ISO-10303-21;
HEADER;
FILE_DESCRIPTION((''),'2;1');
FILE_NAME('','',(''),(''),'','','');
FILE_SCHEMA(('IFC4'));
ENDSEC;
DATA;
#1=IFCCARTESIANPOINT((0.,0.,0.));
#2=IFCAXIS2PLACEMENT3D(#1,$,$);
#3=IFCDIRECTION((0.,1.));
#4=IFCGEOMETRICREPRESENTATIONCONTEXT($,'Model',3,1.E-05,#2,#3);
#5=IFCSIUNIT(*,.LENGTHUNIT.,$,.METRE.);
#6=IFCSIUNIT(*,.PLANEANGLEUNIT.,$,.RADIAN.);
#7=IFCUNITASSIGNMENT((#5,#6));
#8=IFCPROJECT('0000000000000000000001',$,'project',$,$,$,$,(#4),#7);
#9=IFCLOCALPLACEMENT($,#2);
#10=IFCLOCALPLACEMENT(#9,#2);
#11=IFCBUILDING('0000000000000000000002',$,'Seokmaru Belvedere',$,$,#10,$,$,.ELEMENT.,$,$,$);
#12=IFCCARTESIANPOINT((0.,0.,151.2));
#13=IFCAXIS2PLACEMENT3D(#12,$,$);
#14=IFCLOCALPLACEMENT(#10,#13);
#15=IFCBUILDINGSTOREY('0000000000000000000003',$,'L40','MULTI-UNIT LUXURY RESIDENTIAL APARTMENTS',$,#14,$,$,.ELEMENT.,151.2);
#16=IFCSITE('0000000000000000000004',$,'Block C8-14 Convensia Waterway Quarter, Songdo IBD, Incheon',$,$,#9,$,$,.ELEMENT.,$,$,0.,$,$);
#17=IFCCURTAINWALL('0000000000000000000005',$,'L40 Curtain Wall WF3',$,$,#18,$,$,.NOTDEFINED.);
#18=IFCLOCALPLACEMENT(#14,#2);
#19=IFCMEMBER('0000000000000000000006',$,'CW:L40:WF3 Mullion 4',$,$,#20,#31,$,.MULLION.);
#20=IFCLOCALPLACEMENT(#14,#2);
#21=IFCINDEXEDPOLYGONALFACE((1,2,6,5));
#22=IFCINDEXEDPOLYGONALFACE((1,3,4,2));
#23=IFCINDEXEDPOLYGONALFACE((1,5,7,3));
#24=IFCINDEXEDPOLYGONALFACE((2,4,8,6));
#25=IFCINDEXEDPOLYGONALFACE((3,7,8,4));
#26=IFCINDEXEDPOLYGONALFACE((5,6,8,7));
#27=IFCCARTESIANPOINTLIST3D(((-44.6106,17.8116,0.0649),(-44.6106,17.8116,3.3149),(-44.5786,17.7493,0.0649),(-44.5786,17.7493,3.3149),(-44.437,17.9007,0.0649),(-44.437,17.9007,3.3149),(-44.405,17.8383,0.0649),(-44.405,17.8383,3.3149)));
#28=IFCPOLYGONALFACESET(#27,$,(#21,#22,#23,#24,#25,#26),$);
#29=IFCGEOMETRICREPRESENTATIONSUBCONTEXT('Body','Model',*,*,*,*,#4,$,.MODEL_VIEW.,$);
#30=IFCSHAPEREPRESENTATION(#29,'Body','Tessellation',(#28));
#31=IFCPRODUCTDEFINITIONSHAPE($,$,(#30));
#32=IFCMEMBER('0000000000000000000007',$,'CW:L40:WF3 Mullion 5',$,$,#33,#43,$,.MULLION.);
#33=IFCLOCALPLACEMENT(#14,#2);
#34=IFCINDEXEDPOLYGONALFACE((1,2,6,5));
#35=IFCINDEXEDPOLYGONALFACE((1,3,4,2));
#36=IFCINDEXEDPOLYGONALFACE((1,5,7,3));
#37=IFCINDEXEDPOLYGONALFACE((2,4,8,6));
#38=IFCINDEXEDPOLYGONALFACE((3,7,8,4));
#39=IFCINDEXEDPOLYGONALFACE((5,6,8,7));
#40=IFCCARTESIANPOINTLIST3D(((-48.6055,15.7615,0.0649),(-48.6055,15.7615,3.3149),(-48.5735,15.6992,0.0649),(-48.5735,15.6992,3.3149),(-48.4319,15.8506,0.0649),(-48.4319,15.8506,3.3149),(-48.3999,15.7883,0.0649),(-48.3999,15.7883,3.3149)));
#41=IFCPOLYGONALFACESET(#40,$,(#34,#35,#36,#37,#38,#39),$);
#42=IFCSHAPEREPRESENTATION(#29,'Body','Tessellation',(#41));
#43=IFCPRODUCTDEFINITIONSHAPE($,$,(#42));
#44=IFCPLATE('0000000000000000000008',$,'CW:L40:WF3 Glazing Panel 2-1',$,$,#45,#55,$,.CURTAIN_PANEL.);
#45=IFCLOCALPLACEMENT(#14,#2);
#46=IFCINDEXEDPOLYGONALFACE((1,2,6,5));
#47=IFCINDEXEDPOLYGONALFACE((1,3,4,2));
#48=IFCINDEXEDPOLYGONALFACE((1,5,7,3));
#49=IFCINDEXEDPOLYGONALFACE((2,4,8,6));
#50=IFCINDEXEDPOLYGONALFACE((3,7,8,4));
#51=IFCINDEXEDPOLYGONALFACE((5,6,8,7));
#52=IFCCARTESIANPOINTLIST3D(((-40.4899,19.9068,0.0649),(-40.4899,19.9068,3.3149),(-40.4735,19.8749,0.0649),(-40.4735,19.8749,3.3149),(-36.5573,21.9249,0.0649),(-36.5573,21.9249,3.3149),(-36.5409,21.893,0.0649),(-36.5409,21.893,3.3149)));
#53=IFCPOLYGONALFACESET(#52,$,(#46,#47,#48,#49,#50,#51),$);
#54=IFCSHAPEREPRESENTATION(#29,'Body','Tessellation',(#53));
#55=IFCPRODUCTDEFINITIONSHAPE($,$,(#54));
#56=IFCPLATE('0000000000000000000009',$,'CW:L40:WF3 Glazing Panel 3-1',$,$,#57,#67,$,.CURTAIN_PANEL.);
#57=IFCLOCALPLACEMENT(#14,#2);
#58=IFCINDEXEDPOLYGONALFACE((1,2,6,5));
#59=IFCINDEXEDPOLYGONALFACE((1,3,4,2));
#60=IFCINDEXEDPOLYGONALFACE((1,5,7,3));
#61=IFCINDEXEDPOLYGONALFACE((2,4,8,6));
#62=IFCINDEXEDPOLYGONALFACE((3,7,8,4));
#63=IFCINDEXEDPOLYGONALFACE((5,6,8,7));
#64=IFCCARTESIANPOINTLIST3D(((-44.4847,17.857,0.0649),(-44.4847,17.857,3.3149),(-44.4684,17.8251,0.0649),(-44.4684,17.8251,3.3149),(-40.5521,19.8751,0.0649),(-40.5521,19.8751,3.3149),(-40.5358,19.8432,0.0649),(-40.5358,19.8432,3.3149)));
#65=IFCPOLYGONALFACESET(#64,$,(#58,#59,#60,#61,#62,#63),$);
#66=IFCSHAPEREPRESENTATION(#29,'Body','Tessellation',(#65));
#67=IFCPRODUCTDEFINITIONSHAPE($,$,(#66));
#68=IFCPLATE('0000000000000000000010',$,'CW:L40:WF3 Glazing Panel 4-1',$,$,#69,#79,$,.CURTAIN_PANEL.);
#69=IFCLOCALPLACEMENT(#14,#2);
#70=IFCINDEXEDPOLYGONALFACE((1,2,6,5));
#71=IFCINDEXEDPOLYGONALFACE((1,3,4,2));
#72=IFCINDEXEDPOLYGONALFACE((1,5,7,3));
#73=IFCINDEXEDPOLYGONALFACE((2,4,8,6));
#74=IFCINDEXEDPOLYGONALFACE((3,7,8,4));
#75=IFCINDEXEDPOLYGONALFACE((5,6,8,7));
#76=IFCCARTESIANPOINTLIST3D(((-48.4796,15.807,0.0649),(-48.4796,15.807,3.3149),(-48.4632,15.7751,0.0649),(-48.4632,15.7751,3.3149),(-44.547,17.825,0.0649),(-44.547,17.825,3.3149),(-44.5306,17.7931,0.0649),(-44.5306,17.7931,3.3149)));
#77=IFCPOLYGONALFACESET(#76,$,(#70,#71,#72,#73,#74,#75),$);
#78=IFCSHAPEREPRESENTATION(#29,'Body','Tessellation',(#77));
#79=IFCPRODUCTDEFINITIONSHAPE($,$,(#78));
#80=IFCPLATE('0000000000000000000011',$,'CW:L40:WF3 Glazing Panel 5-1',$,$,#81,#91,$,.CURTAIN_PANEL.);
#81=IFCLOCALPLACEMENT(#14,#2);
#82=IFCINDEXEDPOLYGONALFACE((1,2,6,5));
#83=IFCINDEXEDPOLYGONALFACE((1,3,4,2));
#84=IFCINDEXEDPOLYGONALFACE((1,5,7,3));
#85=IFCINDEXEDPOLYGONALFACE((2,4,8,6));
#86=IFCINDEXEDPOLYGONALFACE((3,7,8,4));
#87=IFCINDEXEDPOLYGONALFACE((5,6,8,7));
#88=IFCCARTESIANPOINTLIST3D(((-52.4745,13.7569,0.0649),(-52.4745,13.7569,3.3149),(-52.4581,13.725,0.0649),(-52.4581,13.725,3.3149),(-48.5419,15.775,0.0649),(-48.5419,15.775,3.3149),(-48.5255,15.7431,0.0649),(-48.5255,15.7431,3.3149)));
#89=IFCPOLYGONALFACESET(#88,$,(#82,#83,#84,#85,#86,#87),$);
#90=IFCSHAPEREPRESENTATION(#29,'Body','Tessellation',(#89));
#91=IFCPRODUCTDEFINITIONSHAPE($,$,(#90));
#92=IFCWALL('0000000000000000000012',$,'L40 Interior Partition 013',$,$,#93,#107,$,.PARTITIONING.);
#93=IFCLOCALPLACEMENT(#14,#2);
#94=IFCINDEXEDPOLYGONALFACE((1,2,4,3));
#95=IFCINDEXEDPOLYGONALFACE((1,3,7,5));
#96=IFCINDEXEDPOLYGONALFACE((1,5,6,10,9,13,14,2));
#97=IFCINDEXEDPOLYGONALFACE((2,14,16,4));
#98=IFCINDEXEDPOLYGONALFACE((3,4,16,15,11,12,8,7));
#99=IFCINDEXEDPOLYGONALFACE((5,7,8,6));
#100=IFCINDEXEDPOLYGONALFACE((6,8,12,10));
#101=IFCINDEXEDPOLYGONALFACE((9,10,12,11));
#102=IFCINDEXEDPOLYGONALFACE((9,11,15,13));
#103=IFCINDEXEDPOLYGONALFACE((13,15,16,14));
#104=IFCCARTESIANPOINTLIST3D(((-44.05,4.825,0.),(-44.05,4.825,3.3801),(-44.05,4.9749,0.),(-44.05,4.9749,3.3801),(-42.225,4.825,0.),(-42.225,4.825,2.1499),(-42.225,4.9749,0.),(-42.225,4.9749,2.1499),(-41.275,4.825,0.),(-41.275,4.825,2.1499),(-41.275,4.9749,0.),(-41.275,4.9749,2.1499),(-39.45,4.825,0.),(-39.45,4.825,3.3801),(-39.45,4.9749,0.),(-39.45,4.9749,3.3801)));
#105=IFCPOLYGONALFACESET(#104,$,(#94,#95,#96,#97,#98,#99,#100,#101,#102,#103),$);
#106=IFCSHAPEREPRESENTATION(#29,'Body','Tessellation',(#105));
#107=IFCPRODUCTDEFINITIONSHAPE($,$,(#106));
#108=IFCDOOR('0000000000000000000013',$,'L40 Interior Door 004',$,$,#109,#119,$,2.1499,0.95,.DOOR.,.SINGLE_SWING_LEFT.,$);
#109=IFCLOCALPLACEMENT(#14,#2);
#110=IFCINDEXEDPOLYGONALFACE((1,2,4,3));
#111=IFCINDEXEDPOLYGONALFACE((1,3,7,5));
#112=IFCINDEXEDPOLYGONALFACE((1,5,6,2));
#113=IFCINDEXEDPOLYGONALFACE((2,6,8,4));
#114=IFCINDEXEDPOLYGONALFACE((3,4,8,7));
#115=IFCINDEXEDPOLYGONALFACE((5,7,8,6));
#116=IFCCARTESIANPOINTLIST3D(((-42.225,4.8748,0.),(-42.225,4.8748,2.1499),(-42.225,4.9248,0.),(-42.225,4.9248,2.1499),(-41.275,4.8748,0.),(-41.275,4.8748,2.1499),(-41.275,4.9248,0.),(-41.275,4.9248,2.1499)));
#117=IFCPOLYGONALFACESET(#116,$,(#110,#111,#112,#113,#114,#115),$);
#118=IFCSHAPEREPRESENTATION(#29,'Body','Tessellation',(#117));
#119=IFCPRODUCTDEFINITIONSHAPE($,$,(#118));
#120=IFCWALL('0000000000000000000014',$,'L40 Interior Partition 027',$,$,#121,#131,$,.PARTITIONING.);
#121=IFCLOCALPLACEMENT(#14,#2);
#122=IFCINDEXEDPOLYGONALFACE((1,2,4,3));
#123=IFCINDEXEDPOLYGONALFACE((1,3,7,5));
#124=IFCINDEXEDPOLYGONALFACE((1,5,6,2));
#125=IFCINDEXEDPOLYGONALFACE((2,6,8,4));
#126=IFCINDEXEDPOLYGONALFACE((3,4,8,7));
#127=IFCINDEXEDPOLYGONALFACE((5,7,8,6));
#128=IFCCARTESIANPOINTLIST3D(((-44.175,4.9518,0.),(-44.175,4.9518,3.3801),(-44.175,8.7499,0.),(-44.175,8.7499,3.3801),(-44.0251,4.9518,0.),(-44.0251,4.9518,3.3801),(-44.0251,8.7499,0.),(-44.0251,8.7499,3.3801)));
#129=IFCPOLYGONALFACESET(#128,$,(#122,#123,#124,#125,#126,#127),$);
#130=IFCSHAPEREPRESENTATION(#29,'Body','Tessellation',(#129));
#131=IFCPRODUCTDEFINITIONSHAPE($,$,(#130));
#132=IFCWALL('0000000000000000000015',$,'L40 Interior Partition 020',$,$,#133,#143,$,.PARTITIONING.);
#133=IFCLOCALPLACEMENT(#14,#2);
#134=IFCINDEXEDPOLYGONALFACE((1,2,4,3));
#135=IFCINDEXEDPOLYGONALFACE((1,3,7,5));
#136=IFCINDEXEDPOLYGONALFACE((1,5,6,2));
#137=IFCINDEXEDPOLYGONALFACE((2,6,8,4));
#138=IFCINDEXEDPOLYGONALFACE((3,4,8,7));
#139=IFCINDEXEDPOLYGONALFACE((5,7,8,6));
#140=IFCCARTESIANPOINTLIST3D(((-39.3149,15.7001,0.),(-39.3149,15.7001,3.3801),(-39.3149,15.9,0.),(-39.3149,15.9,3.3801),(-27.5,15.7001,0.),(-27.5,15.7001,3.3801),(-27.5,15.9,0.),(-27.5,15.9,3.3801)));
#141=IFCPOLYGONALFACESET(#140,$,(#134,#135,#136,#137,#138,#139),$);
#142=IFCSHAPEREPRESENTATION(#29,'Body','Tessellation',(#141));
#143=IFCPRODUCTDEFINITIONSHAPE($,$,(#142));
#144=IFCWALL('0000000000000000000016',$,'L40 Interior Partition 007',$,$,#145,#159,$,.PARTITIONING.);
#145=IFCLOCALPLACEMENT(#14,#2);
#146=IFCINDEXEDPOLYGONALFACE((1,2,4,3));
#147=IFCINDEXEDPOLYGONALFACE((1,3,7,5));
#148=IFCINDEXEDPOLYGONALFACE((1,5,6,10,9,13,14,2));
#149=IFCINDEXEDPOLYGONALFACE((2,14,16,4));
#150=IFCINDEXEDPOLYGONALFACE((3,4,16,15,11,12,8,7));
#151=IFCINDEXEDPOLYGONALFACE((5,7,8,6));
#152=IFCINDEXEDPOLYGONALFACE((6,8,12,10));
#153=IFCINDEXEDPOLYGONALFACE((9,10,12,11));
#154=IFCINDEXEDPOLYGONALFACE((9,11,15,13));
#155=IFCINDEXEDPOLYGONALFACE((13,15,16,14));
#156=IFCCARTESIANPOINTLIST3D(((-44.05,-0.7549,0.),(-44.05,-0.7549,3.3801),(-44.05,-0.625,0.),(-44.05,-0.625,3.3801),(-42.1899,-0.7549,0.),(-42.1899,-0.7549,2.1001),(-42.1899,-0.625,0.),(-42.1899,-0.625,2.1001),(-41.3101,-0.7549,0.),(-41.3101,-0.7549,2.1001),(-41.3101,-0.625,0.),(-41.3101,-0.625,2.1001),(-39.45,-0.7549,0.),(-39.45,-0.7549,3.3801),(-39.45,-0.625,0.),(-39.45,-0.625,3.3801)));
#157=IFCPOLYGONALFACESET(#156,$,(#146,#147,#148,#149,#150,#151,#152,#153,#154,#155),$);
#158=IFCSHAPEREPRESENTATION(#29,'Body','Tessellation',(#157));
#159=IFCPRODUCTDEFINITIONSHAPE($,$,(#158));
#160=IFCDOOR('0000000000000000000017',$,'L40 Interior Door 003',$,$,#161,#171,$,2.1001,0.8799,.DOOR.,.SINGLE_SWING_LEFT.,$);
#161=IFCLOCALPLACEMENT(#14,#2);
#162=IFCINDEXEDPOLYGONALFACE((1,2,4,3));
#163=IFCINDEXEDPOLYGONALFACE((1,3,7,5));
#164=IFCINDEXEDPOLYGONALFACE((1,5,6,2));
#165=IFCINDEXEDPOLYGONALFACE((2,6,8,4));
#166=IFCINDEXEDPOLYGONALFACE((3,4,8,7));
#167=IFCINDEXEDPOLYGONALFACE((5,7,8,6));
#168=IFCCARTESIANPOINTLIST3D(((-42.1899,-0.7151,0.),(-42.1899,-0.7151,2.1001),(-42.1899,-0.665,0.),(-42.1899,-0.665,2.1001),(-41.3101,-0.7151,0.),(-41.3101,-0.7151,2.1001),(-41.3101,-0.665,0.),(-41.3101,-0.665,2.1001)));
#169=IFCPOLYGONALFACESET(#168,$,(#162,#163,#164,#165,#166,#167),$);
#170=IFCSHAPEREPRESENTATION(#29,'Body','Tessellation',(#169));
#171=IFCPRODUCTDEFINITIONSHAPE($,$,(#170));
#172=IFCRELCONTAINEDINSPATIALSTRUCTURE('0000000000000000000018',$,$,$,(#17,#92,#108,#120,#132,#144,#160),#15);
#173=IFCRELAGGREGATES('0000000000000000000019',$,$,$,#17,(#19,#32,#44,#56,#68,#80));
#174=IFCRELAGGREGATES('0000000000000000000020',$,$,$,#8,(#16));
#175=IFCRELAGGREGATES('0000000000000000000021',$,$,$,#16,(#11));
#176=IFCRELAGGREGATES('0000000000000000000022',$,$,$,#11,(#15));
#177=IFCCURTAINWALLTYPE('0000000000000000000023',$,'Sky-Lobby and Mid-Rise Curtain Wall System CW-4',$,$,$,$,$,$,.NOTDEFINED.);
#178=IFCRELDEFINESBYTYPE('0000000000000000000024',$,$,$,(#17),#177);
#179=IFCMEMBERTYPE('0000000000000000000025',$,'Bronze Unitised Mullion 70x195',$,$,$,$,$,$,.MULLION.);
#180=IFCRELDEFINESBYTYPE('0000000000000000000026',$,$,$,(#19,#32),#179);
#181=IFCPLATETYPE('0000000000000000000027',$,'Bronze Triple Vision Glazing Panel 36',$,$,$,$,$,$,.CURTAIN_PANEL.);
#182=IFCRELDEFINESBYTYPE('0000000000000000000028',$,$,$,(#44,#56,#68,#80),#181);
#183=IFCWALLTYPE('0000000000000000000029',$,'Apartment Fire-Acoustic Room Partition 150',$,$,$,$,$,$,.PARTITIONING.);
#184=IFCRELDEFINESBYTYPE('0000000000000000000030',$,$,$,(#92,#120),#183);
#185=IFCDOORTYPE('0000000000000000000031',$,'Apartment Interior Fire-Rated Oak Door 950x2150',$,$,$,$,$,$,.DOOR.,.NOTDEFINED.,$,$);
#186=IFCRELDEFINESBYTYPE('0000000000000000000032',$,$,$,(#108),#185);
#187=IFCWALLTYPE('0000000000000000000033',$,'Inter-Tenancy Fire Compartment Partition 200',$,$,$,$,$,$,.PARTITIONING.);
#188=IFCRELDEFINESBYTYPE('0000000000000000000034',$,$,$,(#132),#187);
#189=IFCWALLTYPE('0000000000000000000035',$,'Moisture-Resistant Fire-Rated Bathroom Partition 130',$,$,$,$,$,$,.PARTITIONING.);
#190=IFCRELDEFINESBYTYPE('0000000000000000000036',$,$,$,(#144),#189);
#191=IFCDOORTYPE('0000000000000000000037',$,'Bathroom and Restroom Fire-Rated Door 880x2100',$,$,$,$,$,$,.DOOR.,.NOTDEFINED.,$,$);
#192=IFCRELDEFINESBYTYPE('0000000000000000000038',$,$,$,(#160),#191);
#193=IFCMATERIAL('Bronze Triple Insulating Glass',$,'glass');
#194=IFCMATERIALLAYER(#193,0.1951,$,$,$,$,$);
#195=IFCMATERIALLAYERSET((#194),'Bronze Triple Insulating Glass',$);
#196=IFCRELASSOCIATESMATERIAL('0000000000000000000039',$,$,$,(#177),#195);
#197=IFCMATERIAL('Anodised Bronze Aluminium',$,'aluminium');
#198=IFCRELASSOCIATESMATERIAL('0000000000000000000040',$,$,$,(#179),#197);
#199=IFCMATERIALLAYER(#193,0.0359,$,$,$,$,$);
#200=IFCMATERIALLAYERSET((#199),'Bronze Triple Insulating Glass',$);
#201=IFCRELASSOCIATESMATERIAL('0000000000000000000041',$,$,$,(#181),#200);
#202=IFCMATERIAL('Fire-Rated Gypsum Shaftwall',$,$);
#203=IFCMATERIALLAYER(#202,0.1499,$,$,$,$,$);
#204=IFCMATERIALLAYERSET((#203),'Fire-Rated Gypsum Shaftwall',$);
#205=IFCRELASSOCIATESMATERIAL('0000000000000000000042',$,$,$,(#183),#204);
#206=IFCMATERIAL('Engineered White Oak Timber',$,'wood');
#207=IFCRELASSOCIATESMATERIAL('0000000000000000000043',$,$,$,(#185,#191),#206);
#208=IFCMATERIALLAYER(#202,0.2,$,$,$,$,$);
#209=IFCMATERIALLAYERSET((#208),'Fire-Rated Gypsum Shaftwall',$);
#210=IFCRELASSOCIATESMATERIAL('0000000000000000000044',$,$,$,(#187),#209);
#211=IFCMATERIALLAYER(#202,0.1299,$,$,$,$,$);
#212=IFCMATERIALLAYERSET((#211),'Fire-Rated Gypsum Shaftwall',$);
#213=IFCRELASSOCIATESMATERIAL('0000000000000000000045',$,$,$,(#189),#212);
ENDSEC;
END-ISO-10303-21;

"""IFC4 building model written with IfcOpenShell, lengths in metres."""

from ifc_helpers import new_model, si_unit, direction, frame, frame_2d, origin, origin_2d, place, context, subcontext, project, spatial, rectangle, extrude, source, transform, mapped, material, layer, layer_set, material_profile, profile_set, type_object, type_shapes, element, fill, aggregate, save


model = new_model("IFC4")

# Units and contexts
model_context = context("Model", 3, precision=1e-05, world=origin(), true_north=direction((0.0, 1.0)))
body_context = subcontext(model_context, "Body", "Model", "MODEL_VIEW")
ifc_project = project(units=[si_unit("LENGTHUNIT", "METRE"), si_unit("PLANEANGLEUNIT", "RADIAN")], contexts=[model_context])

# Site, building, storey
site_placement = place(None, origin())
site = spatial("IfcSite", under=ifc_project, at=site_placement, Name="Block C8-14 Convensia Waterway Quarter, Songdo IBD, Incheon", CompositionType="ELEMENT", RefElevation=0.0)
building_placement = place(site_placement, origin())
building = spatial("IfcBuilding", under=site, at=building_placement, Name="Seokmaru Belvedere", CompositionType="ELEMENT")
storey_placement = place(building_placement, frame((0.0, 0.0, 151.2)))
storey = spatial("IfcBuildingStorey", under=building, at=storey_placement, Name="L40", Description="MULTI-UNIT LUXURY RESIDENTIAL APARTMENTS", CompositionType="ELEMENT", Elevation=151.2)

# Curtain wall, members, plates
ifc_material_1 = material(Name="Bronze Triple Insulating Glass", Category="glass")
ifc_layer_1 = layer(ifc_material_1, 0.1951)
ifc_layer_set_1 = layer_set([ifc_layer_1], Name="Bronze Triple Insulating Glass")
curtain_wall_type = type_object("IfcCurtainWallType", Name="Sky-Lobby and Mid-Rise Curtain Wall System CW-4", PredefinedType="NOTDEFINED", material=ifc_layer_set_1)
curtain_wall_placement = place(storey_placement, origin())
curtain_wall = element("IfcCurtainWall", 1, at=curtain_wall_placement, inside=storey, type_object=curtain_wall_type, Name="L40 Curtain Wall WF3", PredefinedType="NOTDEFINED")
ifc_material_2 = material(Name="Anodised Bronze Aluminium", Category="aluminium")
ifc_material_profile_1 = material_profile(ifc_material_2, rectangle(XDim=0.0701, YDim=0.1951, at=origin_2d()), Name="CW-M-70x195")
ifc_profile_set_1 = profile_set([ifc_material_profile_1], Name="Anodised Bronze Aluminium")
member_type = type_object("IfcMemberType", Name="Bronze Unitised Mullion 70x195", PredefinedType="MULLION", material=ifc_profile_set_1)
shared_shape_1 = source(origin(), body_context, "Body", "SweptSolid", [
    extrude(rectangle(XDim=0.0701, YDim=0.1951, at=origin_2d()), origin(), (0.0, 0.0, 1.0), 3.25),
])
type_shapes(member_type, [shared_shape_1])
member_1_placement = place(storey_placement, frame((-44.5078, 17.825, 0.0649), z_axis=(0.0, 0.0, 1.0), x_axis=(0.456555, -0.889695, 0.0)))
member_1 = element("IfcMember", 2, at=member_1_placement, type_object=member_type, Name="CW:L40:WF3 Mullion 4", PredefinedType="MULLION", context=body_context, shape_type="MappedRepresentation", body=[
    mapped(shared_shape_1, transform((0.0, 0.0, 0.0), scale=1.0)),
])
member_2_placement = place(storey_placement, frame((-48.5027, 15.7749, 0.0649), z_axis=(0.0, 0.0, 1.0), x_axis=(0.456555, -0.889695, 0.0)))
member_2 = element("IfcMember", 3, at=member_2_placement, type_object=member_type, Name="CW:L40:WF3 Mullion 5", PredefinedType="MULLION", context=body_context, shape_type="MappedRepresentation", body=[
    mapped(shared_shape_1, transform((0.0, 0.0, 0.0), scale=1.0)),
])
ifc_layer_2 = layer(ifc_material_1, 0.0359)
ifc_layer_set_2 = layer_set([ifc_layer_2], Name="Bronze Triple Insulating Glass")
plate_type = type_object("IfcPlateType", Name="Bronze Triple Vision Glazing Panel 36", PredefinedType="CURTAIN_PANEL", material=ifc_layer_set_2)
shared_shape_2 = source(origin(), body_context, "Body", "SweptSolid", [
    extrude(rectangle(XDim=4.4202, YDim=0.0359, at=origin_2d()), origin(), (0.0, 0.0, 1.0), 3.25),
])
type_shapes(plate_type, [shared_shape_2])
plate_1_placement = place(storey_placement, frame((-38.5154, 20.8999, 0.0649), z_axis=(0.0, 0.0, 1.0), x_axis=(-0.889695, -0.456555, 0.0)))
plate_1 = element("IfcPlate", 4, at=plate_1_placement, type_object=plate_type, Name="CW:L40:WF3 Glazing Panel 2-1", PredefinedType="CURTAIN_PANEL", context=body_context, shape_type="MappedRepresentation", body=[
    mapped(shared_shape_2, transform((0.0, 0.0, 0.0), scale=1.0)),
])
plate_2_placement = place(storey_placement, frame((-42.5103, 18.8501, 0.0649), z_axis=(0.0, 0.0, 1.0), x_axis=(-0.889695, -0.456555, 0.0)))
plate_2 = element("IfcPlate", 5, at=plate_2_placement, type_object=plate_type, Name="CW:L40:WF3 Glazing Panel 3-1", PredefinedType="CURTAIN_PANEL", context=body_context, shape_type="MappedRepresentation", body=[
    mapped(shared_shape_2, transform((0.0, 0.0, 0.0), scale=1.0)),
])
plate_3_placement = place(storey_placement, frame((-46.5051, 16.8, 0.0649), z_axis=(0.0, 0.0, 1.0), x_axis=(-0.889695, -0.456555, 0.0)))
plate_3 = element("IfcPlate", 6, at=plate_3_placement, type_object=plate_type, Name="CW:L40:WF3 Glazing Panel 4-1", PredefinedType="CURTAIN_PANEL", context=body_context, shape_type="MappedRepresentation", body=[
    mapped(shared_shape_2, transform((0.0, 0.0, 0.0), scale=1.0)),
])
plate_4_placement = place(storey_placement, frame((-50.5, 14.75, 0.0649), z_axis=(0.0, 0.0, 1.0), x_axis=(-0.889695, -0.456555, 0.0)))
plate_4 = element("IfcPlate", 7, at=plate_4_placement, type_object=plate_type, Name="CW:L40:WF3 Glazing Panel 5-1", PredefinedType="CURTAIN_PANEL", context=body_context, shape_type="MappedRepresentation", body=[
    mapped(shared_shape_2, transform((0.0, 0.0, 0.0), scale=1.0)),
])
aggregate(curtain_wall, [member_1, member_2, plate_1, plate_2, plate_3, plate_4])

# Wall, opening, door
ifc_material_3 = material(Name="Fire-Rated Gypsum Shaftwall")
ifc_layer_3 = layer(ifc_material_3, 0.1499)
ifc_layer_set_3 = layer_set([ifc_layer_3], Name="Fire-Rated Gypsum Shaftwall")
wall_type_1 = type_object("IfcWallType", Name="Apartment Fire-Acoustic Room Partition 150", PredefinedType="PARTITIONING", material=ifc_layer_set_3)
wall_1_placement = place(storey_placement, frame((-44.05, 4.8999, 0.0), z_axis=(0.0, 0.0, 1.0), x_axis=(1.0, 0.0, 0.0)))
wall_1 = element("IfcWall", 8, at=wall_1_placement, inside=storey, type_object=wall_type_1, Name="L40 Interior Partition 013", PredefinedType="PARTITIONING", context=body_context, shape_type="SweptSolid", body=[
    extrude(rectangle(XDim=4.6001, YDim=0.1499, at=frame_2d((2.3, 0.0))), origin(), (0.0, 0.0, 1.0), 3.3801),
])
opening_1_placement = place(wall_1_placement, frame((1.825, 0.0, 0.0)))
opening_1 = element("IfcOpeningElement", 9, at=opening_1_placement, cuts=wall_1, PredefinedType="OPENING", context=body_context, shape_type="SweptSolid", body=[
    extrude(rectangle(XDim=0.95, YDim=2.1499, at=frame_2d((0.4751, 1.075))), frame((0.0, 0.085, 0.0), z_axis=(0.0, -1.0, 0.0), x_axis=(1.0, 0.0, 0.0)), (0.0, 0.0, 1.0), 0.1699),
])
ifc_material_4 = material(Name="Engineered White Oak Timber", Category="wood")
door_type_1 = type_object("IfcDoorType", Name="Apartment Interior Fire-Rated Oak Door 950x2150", OperationType="NOTDEFINED", PredefinedType="DOOR", material=ifc_material_4)
shared_shape_3 = source(origin(), body_context, "Body", "SweptSolid", [
    extrude(rectangle(XDim=0.95, YDim=2.1499, at=frame_2d((0.4751, 1.075))), frame((0.0, 0.0249, 0.0), z_axis=(0.0, -1.0, 0.0), x_axis=(1.0, 0.0, 0.0)), (0.0, 0.0, 1.0), 0.05),
])
type_shapes(door_type_1, [shared_shape_3])
door_1_placement = place(opening_1_placement, origin())
door_1 = element("IfcDoor", 10, at=door_1_placement, inside=storey, type_object=door_type_1, Name="L40 Interior Door 004", OperationType="SINGLE_SWING_LEFT", OverallHeight=2.1499, OverallWidth=0.95, PredefinedType="DOOR", context=body_context, shape_type="MappedRepresentation", body=[
    mapped(shared_shape_3, transform((0.0, 0.0, 0.0), scale=1.0)),
])
fill(opening_1, door_1)

# Walls
wall_2_placement = place(storey_placement, frame((-44.1001, 4.9519, 0.0), z_axis=(0.0, 0.0, 1.0), x_axis=(0.0, 1.0, 0.0)))
element("IfcWall", 11, at=wall_2_placement, inside=storey, type_object=wall_type_1, Name="L40 Interior Partition 027", PredefinedType="PARTITIONING", context=body_context, shape_type="SweptSolid", body=[
    extrude(rectangle(XDim=3.7981, YDim=0.1499, at=frame_2d((1.8989, 0.0))), origin(), (0.0, 0.0, 1.0), 3.3801),
])
ifc_layer_4 = layer(ifc_material_3, 0.2)
ifc_layer_set_4 = layer_set([ifc_layer_4], Name="Fire-Rated Gypsum Shaftwall")
wall_type_2 = type_object("IfcWallType", Name="Inter-Tenancy Fire Compartment Partition 200", PredefinedType="PARTITIONING", material=ifc_layer_set_4)
wall_3_placement = place(storey_placement, frame((-39.3149, 15.8, 0.0), z_axis=(0.0, 0.0, 1.0), x_axis=(1.0, 0.0, 0.0)))
element("IfcWall", 12, at=wall_3_placement, inside=storey, type_object=wall_type_2, Name="L40 Interior Partition 020", PredefinedType="PARTITIONING", context=body_context, shape_type="SweptSolid", body=[
    extrude(rectangle(XDim=11.8149, YDim=0.2, at=frame_2d((5.9075, 0.0))), origin(), (0.0, 0.0, 1.0), 3.3801),
])

# Wall, opening, door
ifc_layer_5 = layer(ifc_material_3, 0.1299)
ifc_layer_set_5 = layer_set([ifc_layer_5], Name="Fire-Rated Gypsum Shaftwall")
wall_type_3 = type_object("IfcWallType", Name="Moisture-Resistant Fire-Rated Bathroom Partition 130", PredefinedType="PARTITIONING", material=ifc_layer_set_5)
wall_4_placement = place(storey_placement, frame((-44.05, -0.6899, 0.0), z_axis=(0.0, 0.0, 1.0), x_axis=(1.0, 0.0, 0.0)))
wall_4 = element("IfcWall", 13, at=wall_4_placement, inside=storey, type_object=wall_type_3, Name="L40 Interior Partition 007", PredefinedType="PARTITIONING", context=body_context, shape_type="SweptSolid", body=[
    extrude(rectangle(XDim=4.6001, YDim=0.1299, at=frame_2d((2.3, 0.0))), origin(), (0.0, 0.0, 1.0), 3.3801),
])
opening_2_placement = place(wall_4_placement, frame((1.8601, 0.0, 0.0)))
opening_2 = element("IfcOpeningElement", 14, at=opening_2_placement, cuts=wall_4, PredefinedType="OPENING", context=body_context, shape_type="SweptSolid", body=[
    extrude(rectangle(XDim=0.8799, YDim=2.1001, at=frame_2d((0.4399, 1.05))), frame((0.0, 0.075, 0.0), z_axis=(0.0, -1.0, 0.0), x_axis=(1.0, 0.0, 0.0)), (0.0, 0.0, 1.0), 0.1499),
])
door_type_2 = type_object("IfcDoorType", Name="Bathroom and Restroom Fire-Rated Door 880x2100", OperationType="NOTDEFINED", PredefinedType="DOOR", material=ifc_material_4)
shared_shape_4 = source(origin(), body_context, "Body", "SweptSolid", [
    extrude(rectangle(XDim=0.8799, YDim=2.1001, at=frame_2d((0.4399, 1.05))), frame((0.0, 0.0249, 0.0), z_axis=(0.0, -1.0, 0.0), x_axis=(1.0, 0.0, 0.0)), (0.0, 0.0, 1.0), 0.05),
])
type_shapes(door_type_2, [shared_shape_4])
door_2_placement = place(opening_2_placement, origin())
door_2 = element("IfcDoor", 15, at=door_2_placement, inside=storey, type_object=door_type_2, Name="L40 Interior Door 003", OperationType="SINGLE_SWING_LEFT", OverallHeight=2.1001, OverallWidth=0.8799, PredefinedType="DOOR", context=body_context, shape_type="MappedRepresentation", body=[
    mapped(shared_shape_4, transform((0.0, 0.0, 0.0), scale=1.0)),
])
fill(opening_2, door_2)

save(model, "model.ifc")
